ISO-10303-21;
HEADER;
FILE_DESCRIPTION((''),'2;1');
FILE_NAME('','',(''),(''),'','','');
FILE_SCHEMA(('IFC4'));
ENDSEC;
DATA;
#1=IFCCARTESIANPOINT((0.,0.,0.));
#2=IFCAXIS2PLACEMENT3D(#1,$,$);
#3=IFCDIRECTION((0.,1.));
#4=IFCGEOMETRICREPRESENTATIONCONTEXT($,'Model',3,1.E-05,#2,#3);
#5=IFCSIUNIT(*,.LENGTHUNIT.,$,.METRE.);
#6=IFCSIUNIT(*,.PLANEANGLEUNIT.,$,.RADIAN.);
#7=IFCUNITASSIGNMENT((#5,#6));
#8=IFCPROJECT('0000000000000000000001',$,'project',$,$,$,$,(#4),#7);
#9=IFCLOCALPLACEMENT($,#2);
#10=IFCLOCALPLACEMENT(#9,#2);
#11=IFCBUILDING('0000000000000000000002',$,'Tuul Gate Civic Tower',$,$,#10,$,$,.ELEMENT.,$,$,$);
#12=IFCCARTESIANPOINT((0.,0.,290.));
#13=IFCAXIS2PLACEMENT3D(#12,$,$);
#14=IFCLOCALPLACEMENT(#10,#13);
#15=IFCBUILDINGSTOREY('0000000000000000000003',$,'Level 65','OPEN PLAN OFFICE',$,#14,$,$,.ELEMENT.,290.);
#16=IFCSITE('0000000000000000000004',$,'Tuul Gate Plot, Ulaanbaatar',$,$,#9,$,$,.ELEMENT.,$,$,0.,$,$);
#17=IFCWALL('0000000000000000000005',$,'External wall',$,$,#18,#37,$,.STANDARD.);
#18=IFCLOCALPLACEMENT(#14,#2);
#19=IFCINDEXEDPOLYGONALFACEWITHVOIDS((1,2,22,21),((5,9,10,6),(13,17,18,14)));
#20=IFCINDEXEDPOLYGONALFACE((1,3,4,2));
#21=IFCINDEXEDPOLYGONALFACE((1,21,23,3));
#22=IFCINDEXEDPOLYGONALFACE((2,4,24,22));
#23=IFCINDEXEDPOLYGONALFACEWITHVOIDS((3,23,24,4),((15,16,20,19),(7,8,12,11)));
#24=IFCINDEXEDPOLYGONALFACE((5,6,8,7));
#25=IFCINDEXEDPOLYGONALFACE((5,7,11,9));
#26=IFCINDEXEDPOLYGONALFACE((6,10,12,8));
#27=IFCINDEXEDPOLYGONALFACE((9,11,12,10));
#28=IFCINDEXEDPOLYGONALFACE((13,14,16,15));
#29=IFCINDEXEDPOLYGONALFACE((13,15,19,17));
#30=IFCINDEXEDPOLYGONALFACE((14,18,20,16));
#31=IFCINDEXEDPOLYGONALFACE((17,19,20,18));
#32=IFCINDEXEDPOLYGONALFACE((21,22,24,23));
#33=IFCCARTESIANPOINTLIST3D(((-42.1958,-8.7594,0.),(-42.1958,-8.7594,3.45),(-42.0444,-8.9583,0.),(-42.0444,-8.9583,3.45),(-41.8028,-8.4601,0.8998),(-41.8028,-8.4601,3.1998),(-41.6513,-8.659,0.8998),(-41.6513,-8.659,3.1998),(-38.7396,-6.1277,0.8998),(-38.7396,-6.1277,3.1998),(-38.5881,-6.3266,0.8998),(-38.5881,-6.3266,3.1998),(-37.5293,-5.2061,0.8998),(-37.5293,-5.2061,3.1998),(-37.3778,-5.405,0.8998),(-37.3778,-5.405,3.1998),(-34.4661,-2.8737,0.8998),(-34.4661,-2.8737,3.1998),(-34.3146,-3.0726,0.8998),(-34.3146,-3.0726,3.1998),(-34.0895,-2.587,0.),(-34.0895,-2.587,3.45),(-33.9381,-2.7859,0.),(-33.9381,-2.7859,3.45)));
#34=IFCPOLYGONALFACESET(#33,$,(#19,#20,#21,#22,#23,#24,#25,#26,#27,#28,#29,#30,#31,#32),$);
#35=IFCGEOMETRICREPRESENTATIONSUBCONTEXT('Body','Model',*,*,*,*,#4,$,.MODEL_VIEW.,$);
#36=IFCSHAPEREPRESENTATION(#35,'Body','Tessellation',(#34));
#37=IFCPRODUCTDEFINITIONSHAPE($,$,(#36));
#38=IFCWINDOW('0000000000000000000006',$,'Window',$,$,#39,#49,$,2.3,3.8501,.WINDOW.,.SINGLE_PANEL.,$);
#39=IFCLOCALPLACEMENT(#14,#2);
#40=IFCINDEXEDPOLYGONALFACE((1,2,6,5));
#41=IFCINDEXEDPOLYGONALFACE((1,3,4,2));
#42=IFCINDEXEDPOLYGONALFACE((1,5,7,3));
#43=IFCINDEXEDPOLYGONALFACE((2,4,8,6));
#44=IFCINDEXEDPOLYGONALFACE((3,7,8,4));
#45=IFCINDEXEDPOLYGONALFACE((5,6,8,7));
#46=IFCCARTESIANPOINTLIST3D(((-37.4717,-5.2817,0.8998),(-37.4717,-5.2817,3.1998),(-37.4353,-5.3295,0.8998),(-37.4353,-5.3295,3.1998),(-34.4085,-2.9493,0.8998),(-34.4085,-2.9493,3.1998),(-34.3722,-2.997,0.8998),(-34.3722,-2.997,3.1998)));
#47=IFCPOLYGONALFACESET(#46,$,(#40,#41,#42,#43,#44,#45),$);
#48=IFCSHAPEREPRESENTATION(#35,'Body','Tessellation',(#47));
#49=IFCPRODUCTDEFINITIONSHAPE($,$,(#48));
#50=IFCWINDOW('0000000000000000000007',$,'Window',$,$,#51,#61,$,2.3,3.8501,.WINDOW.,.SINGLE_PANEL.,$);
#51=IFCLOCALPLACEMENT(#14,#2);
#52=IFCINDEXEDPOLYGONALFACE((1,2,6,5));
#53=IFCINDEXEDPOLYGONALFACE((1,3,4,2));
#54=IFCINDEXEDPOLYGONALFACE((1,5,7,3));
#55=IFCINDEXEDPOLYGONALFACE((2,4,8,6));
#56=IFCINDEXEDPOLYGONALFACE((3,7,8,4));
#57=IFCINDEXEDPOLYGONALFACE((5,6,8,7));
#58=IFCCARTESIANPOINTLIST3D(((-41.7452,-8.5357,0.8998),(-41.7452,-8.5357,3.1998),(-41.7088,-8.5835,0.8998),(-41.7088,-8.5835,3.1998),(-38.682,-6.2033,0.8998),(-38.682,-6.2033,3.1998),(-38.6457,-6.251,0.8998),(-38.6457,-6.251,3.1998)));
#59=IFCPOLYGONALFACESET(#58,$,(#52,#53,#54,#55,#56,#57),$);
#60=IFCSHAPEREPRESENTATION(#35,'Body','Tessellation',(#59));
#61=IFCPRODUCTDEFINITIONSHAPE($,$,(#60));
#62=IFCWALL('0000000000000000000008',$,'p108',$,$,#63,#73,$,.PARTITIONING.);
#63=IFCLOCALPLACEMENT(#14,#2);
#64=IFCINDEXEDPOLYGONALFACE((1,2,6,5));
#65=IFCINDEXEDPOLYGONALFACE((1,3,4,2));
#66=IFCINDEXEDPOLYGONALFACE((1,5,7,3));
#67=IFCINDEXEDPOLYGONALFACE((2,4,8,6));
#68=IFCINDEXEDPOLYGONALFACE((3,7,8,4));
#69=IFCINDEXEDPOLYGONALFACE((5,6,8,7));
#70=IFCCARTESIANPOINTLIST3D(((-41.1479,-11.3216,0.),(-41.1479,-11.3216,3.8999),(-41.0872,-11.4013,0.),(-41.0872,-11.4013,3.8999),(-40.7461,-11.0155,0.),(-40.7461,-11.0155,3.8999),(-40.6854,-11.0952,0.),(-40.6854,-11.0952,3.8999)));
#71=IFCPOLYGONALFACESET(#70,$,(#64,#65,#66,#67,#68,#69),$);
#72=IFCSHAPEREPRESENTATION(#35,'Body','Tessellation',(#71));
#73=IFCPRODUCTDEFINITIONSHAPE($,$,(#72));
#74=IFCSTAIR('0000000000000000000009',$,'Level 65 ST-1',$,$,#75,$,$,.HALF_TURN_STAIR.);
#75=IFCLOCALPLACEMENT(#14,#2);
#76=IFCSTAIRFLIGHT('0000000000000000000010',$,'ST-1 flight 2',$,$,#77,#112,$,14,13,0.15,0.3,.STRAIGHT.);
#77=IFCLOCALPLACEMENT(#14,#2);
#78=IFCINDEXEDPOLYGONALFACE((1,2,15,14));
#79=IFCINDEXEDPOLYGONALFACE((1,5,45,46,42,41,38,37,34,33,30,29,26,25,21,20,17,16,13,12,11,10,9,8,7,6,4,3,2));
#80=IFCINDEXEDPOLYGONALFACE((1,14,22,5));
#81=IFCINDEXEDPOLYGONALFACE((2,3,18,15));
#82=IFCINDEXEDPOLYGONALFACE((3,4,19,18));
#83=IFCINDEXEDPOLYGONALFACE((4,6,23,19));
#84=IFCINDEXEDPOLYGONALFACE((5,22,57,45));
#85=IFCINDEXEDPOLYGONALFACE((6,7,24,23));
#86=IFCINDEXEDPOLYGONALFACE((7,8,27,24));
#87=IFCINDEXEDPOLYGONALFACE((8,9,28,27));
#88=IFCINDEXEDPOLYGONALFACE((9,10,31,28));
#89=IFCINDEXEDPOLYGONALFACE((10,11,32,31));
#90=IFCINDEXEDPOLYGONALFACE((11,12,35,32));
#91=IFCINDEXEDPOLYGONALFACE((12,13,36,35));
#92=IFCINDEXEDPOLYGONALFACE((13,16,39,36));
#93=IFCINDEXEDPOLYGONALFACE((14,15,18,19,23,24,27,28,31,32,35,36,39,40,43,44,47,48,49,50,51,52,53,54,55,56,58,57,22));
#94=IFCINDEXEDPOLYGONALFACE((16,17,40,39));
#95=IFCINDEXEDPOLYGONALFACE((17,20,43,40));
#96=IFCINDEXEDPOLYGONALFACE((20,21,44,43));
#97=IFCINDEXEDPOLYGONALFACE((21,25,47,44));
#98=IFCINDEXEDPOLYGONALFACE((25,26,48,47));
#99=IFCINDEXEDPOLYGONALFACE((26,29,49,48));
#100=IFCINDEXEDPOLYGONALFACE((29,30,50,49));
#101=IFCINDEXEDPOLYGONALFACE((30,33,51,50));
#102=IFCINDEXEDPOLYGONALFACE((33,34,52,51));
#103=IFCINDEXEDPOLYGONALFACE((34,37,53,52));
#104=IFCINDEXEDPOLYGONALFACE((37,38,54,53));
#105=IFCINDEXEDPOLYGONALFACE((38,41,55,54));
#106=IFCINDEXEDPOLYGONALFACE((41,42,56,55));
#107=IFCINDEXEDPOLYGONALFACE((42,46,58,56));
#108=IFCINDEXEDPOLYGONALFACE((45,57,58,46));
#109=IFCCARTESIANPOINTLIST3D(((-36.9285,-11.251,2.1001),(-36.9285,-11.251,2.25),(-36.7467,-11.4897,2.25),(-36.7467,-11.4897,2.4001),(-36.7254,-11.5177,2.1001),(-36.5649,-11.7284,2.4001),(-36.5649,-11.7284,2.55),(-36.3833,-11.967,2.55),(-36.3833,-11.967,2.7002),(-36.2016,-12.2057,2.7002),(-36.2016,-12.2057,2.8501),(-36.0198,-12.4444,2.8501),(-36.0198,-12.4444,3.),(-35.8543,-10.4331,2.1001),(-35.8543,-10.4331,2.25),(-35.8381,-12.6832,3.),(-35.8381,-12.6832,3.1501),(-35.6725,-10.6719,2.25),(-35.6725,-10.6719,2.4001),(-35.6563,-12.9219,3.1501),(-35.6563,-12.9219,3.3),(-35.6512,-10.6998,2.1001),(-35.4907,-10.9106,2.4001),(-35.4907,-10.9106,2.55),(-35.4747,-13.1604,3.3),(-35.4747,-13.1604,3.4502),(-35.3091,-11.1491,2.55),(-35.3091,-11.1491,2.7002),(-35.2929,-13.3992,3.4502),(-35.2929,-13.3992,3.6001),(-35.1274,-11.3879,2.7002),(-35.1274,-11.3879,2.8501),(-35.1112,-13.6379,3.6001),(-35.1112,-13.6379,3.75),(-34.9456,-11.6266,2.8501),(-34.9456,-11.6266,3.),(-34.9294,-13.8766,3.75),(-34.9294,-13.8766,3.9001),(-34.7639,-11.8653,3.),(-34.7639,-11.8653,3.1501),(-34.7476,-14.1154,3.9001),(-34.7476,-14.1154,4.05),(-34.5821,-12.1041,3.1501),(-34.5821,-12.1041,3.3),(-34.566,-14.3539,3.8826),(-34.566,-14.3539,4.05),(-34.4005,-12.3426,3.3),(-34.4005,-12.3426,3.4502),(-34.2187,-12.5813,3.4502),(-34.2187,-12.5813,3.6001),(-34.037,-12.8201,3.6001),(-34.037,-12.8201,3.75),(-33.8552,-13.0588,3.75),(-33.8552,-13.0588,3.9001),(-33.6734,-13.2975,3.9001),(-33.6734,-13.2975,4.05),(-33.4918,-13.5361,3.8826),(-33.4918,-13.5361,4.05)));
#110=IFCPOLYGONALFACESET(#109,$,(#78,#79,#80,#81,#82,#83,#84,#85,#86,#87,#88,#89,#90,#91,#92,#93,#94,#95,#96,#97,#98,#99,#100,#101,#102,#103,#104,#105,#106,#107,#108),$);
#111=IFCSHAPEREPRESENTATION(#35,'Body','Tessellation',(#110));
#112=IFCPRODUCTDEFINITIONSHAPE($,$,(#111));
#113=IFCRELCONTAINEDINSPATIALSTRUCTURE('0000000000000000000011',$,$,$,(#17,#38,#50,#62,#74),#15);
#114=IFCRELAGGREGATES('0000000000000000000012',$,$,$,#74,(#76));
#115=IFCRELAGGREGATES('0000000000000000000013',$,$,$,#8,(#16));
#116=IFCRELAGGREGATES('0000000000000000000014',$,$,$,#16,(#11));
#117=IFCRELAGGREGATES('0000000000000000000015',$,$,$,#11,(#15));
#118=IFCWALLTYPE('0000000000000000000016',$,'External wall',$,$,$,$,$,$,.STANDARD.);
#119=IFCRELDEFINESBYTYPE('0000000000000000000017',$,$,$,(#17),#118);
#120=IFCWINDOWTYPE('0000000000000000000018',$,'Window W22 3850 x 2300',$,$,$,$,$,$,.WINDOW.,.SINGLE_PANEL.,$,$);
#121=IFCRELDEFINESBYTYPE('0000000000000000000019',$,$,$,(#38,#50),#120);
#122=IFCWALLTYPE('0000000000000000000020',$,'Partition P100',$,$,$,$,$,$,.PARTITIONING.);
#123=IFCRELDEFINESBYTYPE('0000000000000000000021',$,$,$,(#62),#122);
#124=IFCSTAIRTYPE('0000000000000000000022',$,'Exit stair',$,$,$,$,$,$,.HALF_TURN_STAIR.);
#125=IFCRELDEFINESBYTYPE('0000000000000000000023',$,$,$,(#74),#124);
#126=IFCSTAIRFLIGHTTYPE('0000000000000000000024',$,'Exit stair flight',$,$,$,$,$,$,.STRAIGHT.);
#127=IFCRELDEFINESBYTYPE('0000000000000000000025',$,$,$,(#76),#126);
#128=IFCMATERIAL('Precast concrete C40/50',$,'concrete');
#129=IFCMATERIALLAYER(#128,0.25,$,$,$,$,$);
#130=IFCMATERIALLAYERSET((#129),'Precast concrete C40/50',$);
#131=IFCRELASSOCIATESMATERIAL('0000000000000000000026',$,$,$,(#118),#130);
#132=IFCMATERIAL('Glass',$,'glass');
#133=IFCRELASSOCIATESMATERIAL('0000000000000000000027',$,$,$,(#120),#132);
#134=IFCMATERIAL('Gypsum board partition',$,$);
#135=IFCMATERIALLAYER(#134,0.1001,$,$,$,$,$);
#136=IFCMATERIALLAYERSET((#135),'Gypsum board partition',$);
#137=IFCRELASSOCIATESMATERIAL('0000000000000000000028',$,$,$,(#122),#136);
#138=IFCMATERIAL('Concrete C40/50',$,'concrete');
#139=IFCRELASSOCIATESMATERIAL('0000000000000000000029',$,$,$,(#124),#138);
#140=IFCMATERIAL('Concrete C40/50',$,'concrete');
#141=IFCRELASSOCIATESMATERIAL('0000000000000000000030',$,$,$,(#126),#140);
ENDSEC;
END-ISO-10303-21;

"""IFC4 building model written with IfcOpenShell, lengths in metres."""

from ifc_helpers import new_model, si_unit, direction, frame, frame_2d, origin, place, context, subcontext, project, spatial, polyline, rectangle, outline, extrude, material, layer, layer_set, type_object, element, fill, aggregate, save


model = new_model("IFC4")

# Units and contexts
model_context = context("Model", 3, precision=1e-05, world=origin(), true_north=direction((0.0, 1.0)))
body_context = subcontext(model_context, "Body", "Model", "MODEL_VIEW")
ifc_project = project(units=[si_unit("LENGTHUNIT", "METRE"), si_unit("PLANEANGLEUNIT", "RADIAN")], contexts=[model_context])

# Site, building, storey
site_placement = place(None, origin())
site = spatial("IfcSite", under=ifc_project, at=site_placement, Name="Tuul Gate Plot, Ulaanbaatar", CompositionType="ELEMENT", RefElevation=0.0)
building_placement = place(site_placement, origin())
building = spatial("IfcBuilding", under=site, at=building_placement, Name="Tuul Gate Civic Tower", CompositionType="ELEMENT")
storey_placement = place(building_placement, frame((0.0, 0.0, 290.0)))
storey = spatial("IfcBuildingStorey", under=building, at=storey_placement, Name="Level 65", Description="OPEN PLAN OFFICE", CompositionType="ELEMENT", Elevation=290.0)

# Wall, openings, windows
ifc_material_1 = material(Name="Precast concrete C40/50", Category="concrete")
ifc_layer_1 = layer(ifc_material_1, 0.25)
ifc_layer_set_1 = layer_set([ifc_layer_1], Name="Precast concrete C40/50")
wall_type_1 = type_object("IfcWallType", Name="External wall", PredefinedType="STANDARD", material=ifc_layer_set_1)
wall_1_placement = place(storey_placement, frame((-34.0139, -2.6865, 0.0), z_axis=(0.0, 0.0, 1.0), x_axis=(-0.795611, -0.605808, 0.0)))
wall_1 = element("IfcWall", 1, at=wall_1_placement, inside=storey, type_object=wall_type_1, Name="External wall", PredefinedType="STANDARD", context=body_context, shape_type="SweptSolid", body=[
    extrude(rectangle(XDim=10.1887, YDim=0.25, at=frame_2d((5.0942, 0.0))), origin(), (0.0, 0.0, 1.0), 3.45),
])
opening_1_placement = place(wall_1_placement, frame((0.4731, 0.0, 0.8999)))
opening_1 = element("IfcOpeningElement", 2, at=opening_1_placement, cuts=wall_1, PredefinedType="OPENING", context=body_context, shape_type="SweptSolid", body=[
    extrude(rectangle(XDim=3.8501, YDim=2.3, at=frame_2d((1.925, 1.1499))), frame((0.0, 0.135, 0.0), z_axis=(0.0, -1.0, 0.0), x_axis=(1.0, 0.0, 0.0)), (0.0, 0.0, 1.0), 0.27),
])
opening_2_placement = place(wall_1_placement, frame((5.8445, 0.0, 0.8999)))
opening_2 = element("IfcOpeningElement", 3, at=opening_2_placement, cuts=wall_1, PredefinedType="OPENING", context=body_context, shape_type="SweptSolid", body=[
    extrude(rectangle(XDim=3.8501, YDim=2.3, at=frame_2d((1.925, 1.1499))), frame((0.0, 0.135, 0.0), z_axis=(0.0, -1.0, 0.0), x_axis=(1.0, 0.0, 0.0)), (0.0, 0.0, 1.0), 0.27),
])
ifc_material_2 = material(Name="Glass", Category="glass")
window_type = type_object("IfcWindowType", Name="Window W22 3850 x 2300", PartitioningType="SINGLE_PANEL", PredefinedType="WINDOW", material=ifc_material_2)
window_1_placement = place(opening_1_placement, origin())
window_1 = element("IfcWindow", 4, at=window_1_placement, inside=storey, type_object=window_type, Name="Window", OverallHeight=2.3, OverallWidth=3.8501, PartitioningType="SINGLE_PANEL", PredefinedType="WINDOW", context=body_context, shape_type="SweptSolid", body=[
    extrude(rectangle(XDim=3.8501, YDim=2.3, at=frame_2d((1.925, 1.1499))), frame((0.0, 0.03, 0.0), z_axis=(0.0, -1.0, 0.0), x_axis=(1.0, 0.0, 0.0)), (0.0, 0.0, 1.0), 0.0601),
])
fill(opening_1, window_1)
window_2_placement = place(opening_2_placement, origin())
window_2 = element("IfcWindow", 5, at=window_2_placement, inside=storey, type_object=window_type, Name="Window", OverallHeight=2.3, OverallWidth=3.8501, PartitioningType="SINGLE_PANEL", PredefinedType="WINDOW", context=body_context, shape_type="SweptSolid", body=[
    extrude(rectangle(XDim=3.8501, YDim=2.3, at=frame_2d((1.925, 1.1499))), frame((0.0, 0.03, 0.0), z_axis=(0.0, -1.0, 0.0), x_axis=(1.0, 0.0, 0.0)), (0.0, 0.0, 1.0), 0.0601),
])
fill(opening_2, window_2)

# Wall
ifc_material_3 = material(Name="Gypsum board partition")
ifc_layer_2 = layer(ifc_material_3, 0.1001)
ifc_layer_set_2 = layer_set([ifc_layer_2], Name="Gypsum board partition")
wall_type_2 = type_object("IfcWallType", Name="Partition P100", PredefinedType="PARTITIONING", material=ifc_layer_set_2)
wall_2_placement = place(storey_placement, frame((-40.7158, -11.0554, 0.0), z_axis=(0.0, 0.0, 1.0), x_axis=(-0.795454, -0.606014, 0.0)))
element("IfcWall", 6, at=wall_2_placement, inside=storey, type_object=wall_type_2, Name="p108", PredefinedType="PARTITIONING", context=body_context, shape_type="SweptSolid", body=[
    extrude(rectangle(XDim=0.5051, YDim=0.1001, at=frame_2d((0.2524, 0.0))), origin(), (0.0, 0.0, 1.0), 3.8999),
])

# Stair, stair flight
ifc_material_4 = material(Name="Concrete C40/50", Category="concrete")
stair_type = type_object("IfcStairType", Name="Exit stair", PredefinedType="HALF_TURN_STAIR", material=ifc_material_4)
stair_placement = place(storey_placement, origin())
stair = element("IfcStair", 7, at=stair_placement, inside=storey, type_object=stair_type, Name="Level 65 ST-1", PredefinedType="HALF_TURN_STAIR")
ifc_material_5 = material(Name="Concrete C40/50", Category="concrete")
stair_flight_type = type_object("IfcStairFlightType", Name="Exit stair flight", PredefinedType="STRAIGHT", material=ifc_material_5)
stair_flight_placement = place(storey_placement, frame((-36.3914, -10.842, 2.1001), z_axis=(0.0, 0.0, 1.0), x_axis=(0.605764, -0.795644, 0.0)))
stair_flight = element("IfcStairFlight", 8, at=stair_flight_placement, type_object=stair_flight_type, Name="ST-1 flight 2", NumberOfRisers=14, NumberOfTreads=13, PredefinedType="STRAIGHT", RiserHeight=0.15, TreadLength=0.3, context=body_context, shape_type="SweptSolid", body=[
    extrude(outline(polyline([(0.0, 0.0), (0.0, 0.1499), (0.3, 0.1499), (0.3, 0.3), (0.6001, 0.3), (0.6001, 0.45), (0.8999, 0.45), (0.8999, 0.6001), (1.2, 0.6001), (1.2, 0.75), (1.5, 0.75), (1.5, 0.8999), (1.8, 0.8999), (1.8, 1.05), (2.1001, 1.05), (2.1001, 1.2), (2.3999, 1.2), (2.3999, 1.3501), (2.7, 1.3501), (2.7, 1.5), (3.0, 1.5), (3.0, 1.6499), (3.3, 1.6499), (3.3, 1.8), (3.6001, 1.8), (3.6001, 1.95), (3.8999, 1.95), (3.8999, 2.1001), (3.8999, 1.7825), (0.3352, 0.0), (0.0, 0.0)])), frame((0.0, 0.675, 0.0), z_axis=(0.0, -1.0, 0.0), x_axis=(1.0, 0.0, 0.0)), (0.0, 0.0, 1.0), 1.3501),
])
aggregate(stair, [stair_flight])

save(model, "model.ifc")
